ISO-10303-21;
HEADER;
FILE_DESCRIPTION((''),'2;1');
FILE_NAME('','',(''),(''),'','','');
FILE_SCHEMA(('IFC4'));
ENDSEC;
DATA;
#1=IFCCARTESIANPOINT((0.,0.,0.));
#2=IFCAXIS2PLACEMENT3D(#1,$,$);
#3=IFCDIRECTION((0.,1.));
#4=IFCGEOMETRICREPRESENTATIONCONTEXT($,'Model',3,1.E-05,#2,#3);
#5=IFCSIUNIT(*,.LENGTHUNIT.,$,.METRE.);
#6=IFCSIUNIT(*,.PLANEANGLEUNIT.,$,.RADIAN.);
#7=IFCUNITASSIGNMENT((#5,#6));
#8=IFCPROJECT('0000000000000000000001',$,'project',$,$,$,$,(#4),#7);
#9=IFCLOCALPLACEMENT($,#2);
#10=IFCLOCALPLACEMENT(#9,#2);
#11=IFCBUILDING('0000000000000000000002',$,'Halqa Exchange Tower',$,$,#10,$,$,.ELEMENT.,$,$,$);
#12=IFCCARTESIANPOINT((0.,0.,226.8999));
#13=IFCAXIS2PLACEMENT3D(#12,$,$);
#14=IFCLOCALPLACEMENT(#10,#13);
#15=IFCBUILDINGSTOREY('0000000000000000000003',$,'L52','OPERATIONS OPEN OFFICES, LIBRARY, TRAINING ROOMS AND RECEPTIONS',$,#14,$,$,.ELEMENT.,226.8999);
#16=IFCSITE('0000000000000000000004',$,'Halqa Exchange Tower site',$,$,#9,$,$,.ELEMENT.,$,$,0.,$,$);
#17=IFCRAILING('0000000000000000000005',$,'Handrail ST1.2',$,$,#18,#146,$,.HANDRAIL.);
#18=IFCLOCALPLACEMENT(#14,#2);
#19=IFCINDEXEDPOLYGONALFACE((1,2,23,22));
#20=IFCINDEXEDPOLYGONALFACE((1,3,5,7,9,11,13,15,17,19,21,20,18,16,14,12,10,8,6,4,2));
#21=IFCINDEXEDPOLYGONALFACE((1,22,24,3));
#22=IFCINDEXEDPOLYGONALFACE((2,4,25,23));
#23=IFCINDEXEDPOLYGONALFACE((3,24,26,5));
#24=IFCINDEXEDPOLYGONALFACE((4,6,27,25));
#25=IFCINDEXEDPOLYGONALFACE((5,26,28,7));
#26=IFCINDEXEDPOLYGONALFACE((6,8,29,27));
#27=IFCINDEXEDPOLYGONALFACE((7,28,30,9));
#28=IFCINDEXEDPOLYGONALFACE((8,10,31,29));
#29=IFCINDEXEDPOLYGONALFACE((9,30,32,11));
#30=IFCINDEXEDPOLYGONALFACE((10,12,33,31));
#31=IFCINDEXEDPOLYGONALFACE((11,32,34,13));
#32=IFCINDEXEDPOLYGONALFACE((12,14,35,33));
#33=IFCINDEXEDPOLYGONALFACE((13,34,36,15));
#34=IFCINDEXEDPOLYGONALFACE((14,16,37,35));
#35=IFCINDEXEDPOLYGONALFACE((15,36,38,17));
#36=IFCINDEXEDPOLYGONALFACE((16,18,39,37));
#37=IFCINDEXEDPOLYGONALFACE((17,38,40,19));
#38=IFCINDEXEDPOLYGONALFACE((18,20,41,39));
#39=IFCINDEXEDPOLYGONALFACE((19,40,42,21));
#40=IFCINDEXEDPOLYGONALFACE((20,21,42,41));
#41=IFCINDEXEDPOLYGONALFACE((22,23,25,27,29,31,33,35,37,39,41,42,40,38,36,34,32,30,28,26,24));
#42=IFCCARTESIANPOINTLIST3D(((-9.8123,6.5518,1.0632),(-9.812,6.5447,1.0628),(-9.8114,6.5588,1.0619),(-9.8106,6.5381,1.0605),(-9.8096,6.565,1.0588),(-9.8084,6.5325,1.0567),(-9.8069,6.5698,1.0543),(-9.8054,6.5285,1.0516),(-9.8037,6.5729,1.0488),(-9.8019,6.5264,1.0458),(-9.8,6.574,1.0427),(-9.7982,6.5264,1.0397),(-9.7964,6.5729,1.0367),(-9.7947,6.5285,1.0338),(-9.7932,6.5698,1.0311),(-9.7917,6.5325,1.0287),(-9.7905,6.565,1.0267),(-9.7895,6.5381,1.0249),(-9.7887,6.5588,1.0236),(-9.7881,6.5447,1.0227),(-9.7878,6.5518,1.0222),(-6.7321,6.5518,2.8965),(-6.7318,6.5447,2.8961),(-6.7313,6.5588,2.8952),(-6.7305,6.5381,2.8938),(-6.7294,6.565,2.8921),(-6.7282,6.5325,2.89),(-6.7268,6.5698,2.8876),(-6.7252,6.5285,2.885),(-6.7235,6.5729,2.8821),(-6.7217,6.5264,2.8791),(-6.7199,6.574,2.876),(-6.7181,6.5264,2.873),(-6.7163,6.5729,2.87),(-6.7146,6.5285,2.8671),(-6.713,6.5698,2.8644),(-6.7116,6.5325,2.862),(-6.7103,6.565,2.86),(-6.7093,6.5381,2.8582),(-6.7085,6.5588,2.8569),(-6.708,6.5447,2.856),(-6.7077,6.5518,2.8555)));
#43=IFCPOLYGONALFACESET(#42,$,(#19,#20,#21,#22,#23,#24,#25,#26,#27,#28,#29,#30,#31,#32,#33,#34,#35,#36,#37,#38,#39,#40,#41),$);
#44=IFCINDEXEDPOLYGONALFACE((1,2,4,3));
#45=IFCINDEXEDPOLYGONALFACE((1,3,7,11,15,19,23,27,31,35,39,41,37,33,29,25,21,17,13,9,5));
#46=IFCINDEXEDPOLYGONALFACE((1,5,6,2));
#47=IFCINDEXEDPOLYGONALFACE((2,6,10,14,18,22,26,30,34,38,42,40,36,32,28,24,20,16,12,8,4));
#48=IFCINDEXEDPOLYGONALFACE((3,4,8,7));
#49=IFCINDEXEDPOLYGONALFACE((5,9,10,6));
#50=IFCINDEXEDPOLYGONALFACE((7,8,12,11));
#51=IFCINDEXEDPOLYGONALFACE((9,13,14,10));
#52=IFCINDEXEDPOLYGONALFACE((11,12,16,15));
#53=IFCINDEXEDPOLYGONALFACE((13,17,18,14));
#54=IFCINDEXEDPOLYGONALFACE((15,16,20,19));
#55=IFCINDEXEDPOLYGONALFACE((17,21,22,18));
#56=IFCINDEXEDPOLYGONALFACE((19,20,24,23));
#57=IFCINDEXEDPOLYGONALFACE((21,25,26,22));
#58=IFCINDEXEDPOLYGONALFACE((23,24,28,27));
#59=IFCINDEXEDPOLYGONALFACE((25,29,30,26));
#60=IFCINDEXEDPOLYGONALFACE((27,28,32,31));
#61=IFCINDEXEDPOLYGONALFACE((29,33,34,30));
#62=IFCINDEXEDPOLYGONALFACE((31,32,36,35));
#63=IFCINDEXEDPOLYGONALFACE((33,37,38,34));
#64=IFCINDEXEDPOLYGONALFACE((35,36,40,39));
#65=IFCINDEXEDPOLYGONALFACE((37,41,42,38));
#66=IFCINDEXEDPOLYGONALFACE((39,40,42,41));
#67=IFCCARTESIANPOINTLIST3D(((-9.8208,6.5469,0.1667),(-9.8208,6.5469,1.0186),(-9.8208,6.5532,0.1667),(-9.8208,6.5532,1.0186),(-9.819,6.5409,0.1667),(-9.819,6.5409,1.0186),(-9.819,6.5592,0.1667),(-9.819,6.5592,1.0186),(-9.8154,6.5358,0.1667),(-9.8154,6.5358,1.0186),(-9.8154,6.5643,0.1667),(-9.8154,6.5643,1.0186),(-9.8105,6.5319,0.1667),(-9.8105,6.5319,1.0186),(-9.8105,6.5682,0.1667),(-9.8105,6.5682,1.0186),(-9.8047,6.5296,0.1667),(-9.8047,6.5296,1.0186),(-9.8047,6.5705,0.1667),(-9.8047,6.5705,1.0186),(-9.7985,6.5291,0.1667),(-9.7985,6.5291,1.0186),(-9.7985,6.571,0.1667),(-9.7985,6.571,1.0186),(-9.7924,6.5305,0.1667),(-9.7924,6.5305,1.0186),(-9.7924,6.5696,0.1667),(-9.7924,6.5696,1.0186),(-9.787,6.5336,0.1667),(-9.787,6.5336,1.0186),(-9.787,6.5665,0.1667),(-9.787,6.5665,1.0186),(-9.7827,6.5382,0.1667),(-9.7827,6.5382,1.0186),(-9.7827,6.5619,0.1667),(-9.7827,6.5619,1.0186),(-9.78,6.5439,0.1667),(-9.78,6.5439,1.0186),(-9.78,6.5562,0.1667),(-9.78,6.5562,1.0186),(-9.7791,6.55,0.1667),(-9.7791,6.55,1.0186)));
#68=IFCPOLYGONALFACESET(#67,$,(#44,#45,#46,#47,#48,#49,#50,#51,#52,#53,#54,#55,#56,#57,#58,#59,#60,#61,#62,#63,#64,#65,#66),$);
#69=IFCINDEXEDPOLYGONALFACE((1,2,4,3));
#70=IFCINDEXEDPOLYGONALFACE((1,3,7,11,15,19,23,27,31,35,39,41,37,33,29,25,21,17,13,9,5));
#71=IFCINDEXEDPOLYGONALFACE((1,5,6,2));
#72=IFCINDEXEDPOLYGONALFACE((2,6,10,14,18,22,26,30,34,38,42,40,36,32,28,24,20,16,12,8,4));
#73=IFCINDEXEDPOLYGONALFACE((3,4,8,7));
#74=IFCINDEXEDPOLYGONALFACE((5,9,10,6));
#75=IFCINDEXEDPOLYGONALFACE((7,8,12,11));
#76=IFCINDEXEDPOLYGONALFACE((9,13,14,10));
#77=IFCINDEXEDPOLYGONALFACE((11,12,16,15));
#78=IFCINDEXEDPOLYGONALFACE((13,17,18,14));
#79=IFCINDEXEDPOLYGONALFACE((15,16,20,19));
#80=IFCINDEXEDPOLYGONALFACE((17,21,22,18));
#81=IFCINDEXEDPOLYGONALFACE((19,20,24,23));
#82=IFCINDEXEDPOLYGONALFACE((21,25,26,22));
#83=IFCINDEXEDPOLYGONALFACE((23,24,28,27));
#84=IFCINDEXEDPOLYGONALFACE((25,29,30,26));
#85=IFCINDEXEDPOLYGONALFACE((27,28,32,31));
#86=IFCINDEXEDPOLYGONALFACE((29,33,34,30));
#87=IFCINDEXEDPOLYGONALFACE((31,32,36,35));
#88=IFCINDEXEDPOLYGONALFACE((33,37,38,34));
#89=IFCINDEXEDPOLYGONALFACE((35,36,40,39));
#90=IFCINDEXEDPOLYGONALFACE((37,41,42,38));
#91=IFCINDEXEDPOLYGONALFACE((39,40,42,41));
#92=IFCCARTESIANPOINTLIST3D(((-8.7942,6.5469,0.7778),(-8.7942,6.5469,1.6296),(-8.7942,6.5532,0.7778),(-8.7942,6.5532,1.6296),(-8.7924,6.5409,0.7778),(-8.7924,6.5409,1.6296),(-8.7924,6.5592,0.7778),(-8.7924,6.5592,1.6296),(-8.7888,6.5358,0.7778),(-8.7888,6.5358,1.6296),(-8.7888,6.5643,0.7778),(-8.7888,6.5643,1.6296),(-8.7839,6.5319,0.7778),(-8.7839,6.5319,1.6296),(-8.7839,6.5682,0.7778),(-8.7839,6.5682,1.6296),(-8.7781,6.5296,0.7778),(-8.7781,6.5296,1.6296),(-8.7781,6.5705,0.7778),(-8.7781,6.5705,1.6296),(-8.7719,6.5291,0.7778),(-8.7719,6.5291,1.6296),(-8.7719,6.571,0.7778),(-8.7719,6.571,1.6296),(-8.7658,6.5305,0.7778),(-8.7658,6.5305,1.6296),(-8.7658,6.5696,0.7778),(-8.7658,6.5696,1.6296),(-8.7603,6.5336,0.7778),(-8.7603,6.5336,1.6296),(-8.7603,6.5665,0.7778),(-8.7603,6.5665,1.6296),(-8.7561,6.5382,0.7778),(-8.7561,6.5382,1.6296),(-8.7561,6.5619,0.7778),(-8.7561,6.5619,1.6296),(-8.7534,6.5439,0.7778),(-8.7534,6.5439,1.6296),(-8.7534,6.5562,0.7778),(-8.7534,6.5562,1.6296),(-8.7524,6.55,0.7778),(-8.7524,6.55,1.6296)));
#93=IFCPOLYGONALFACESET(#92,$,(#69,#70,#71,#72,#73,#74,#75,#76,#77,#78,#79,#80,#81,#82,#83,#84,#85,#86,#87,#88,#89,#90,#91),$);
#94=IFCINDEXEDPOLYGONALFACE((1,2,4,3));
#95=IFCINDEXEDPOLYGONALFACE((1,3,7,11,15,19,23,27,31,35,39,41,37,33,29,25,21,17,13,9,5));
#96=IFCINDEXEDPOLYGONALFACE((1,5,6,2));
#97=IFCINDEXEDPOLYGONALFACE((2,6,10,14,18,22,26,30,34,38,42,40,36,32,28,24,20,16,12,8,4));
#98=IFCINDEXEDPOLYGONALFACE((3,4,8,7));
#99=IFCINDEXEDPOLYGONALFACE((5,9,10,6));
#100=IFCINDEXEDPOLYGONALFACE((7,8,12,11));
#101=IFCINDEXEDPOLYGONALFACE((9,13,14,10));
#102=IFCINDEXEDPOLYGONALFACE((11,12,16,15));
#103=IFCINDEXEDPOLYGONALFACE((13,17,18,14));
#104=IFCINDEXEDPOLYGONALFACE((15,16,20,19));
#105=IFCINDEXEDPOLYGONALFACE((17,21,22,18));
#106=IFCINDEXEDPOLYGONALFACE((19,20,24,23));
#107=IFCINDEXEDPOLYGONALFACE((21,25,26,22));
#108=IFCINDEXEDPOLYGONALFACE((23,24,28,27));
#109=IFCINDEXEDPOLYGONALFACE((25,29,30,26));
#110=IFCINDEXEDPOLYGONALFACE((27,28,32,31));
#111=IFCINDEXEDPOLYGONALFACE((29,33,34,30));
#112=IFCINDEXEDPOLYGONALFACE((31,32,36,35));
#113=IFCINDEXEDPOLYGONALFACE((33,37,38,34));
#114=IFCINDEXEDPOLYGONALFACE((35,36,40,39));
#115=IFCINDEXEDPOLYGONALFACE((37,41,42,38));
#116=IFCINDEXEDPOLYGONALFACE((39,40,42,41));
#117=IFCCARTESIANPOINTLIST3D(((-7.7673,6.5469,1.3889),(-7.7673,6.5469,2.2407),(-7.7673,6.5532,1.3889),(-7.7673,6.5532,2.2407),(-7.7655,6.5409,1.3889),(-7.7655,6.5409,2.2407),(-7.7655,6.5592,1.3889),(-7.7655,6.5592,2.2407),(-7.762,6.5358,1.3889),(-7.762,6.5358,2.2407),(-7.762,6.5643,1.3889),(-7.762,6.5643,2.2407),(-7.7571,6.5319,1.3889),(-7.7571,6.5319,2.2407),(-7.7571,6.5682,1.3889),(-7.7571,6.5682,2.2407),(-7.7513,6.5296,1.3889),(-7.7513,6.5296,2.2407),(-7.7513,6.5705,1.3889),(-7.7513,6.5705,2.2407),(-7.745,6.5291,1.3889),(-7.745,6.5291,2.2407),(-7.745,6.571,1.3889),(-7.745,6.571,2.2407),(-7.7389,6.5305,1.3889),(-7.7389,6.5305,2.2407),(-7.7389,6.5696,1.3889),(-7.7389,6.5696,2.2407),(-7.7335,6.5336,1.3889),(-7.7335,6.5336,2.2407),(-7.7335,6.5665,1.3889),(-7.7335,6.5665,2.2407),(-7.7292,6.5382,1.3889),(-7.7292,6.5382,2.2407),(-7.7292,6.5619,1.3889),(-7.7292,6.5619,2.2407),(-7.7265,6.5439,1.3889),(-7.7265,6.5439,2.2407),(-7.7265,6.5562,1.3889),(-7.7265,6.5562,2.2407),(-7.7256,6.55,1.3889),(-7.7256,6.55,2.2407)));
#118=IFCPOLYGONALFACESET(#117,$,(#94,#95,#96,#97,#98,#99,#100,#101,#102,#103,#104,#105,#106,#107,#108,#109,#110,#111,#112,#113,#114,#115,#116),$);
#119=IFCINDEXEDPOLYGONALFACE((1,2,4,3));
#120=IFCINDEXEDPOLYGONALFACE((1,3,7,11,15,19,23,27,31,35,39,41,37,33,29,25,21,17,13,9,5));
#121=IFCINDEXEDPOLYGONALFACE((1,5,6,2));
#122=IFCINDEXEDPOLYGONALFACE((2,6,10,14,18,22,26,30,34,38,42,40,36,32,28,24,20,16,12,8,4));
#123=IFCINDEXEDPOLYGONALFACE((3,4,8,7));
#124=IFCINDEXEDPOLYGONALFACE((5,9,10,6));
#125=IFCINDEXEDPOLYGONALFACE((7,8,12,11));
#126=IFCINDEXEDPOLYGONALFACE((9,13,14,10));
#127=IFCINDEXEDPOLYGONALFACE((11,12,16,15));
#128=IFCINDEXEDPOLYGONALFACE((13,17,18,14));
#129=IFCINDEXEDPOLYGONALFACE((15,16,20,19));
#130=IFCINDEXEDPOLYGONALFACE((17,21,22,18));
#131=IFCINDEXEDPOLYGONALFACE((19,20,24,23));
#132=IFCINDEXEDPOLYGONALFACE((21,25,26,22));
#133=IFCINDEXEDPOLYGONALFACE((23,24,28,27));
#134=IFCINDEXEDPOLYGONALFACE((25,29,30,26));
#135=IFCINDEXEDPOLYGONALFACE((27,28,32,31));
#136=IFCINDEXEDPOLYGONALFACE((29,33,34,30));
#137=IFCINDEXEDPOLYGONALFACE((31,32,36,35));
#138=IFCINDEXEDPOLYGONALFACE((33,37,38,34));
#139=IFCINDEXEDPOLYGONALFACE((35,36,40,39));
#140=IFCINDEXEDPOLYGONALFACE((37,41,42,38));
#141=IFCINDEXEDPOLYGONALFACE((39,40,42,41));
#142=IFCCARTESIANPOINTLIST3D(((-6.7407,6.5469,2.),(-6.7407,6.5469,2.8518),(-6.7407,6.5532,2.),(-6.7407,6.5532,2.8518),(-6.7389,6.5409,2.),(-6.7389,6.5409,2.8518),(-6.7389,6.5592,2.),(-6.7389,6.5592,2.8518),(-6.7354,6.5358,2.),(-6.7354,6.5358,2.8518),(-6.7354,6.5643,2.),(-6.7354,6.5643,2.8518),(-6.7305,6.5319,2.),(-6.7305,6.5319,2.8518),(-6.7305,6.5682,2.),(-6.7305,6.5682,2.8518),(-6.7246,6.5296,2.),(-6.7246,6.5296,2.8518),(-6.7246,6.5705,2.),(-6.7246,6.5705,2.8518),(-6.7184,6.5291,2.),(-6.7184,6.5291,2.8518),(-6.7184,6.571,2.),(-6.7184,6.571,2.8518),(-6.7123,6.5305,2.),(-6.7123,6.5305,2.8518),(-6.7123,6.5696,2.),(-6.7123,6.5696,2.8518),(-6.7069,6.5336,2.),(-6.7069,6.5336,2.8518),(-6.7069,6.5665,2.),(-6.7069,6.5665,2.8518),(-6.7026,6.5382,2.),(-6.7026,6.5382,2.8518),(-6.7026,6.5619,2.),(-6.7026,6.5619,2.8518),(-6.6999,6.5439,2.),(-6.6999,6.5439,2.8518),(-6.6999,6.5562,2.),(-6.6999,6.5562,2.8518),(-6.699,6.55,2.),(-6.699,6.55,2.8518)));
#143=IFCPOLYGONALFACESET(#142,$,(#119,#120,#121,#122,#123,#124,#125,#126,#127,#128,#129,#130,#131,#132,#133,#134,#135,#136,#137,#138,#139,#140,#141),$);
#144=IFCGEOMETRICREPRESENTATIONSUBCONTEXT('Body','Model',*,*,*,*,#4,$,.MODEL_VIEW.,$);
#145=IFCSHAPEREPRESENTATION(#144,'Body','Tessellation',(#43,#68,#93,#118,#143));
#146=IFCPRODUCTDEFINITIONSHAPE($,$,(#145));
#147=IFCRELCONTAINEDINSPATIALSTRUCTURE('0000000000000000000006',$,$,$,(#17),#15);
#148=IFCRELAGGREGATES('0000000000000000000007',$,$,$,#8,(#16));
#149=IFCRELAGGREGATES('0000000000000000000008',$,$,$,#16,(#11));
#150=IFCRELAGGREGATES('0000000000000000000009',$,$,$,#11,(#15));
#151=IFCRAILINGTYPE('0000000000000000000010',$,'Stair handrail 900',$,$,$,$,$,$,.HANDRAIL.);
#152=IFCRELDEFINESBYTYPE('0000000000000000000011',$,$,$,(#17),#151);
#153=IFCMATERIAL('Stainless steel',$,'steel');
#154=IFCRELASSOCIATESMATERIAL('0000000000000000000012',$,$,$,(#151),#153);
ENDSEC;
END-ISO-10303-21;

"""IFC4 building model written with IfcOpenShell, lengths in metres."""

from ifc_helpers import new_model, si_unit, direction, frame, origin, origin_2d, place, context, subcontext, project, spatial, circle, extrude, material, type_object, element, save


model = new_model("IFC4")

# Units and contexts
model_context = context("Model", 3, precision=1e-05, world=origin(), true_north=direction((0.0, 1.0)))
body_context = subcontext(model_context, "Body", "Model", "MODEL_VIEW")
ifc_project = project(units=[si_unit("LENGTHUNIT", "METRE"), si_unit("PLANEANGLEUNIT", "RADIAN")], contexts=[model_context])

# Site, building, storey
site_placement = place(None, origin())
site = spatial("IfcSite", under=ifc_project, at=site_placement, Name="Halqa Exchange Tower site", CompositionType="ELEMENT", RefElevation=0.0)
building_placement = place(site_placement, origin())
building = spatial("IfcBuilding", under=site, at=building_placement, Name="Halqa Exchange Tower", CompositionType="ELEMENT")
storey_placement = place(building_placement, frame((0.0, 0.0, 226.8999)))
storey = spatial("IfcBuildingStorey", under=building, at=storey_placement, Name="L52", Description="OPERATIONS OPEN OFFICES, LIBRARY, TRAINING ROOMS AND RECEPTIONS", CompositionType="ELEMENT", Elevation=226.8999)

# Railing
ifc_material_1 = material(Name="Stainless steel", Category="steel")
railing_type_1 = type_object("IfcRailingType", Name="Stair handrail 900", PredefinedType="HANDRAIL", material=ifc_material_1)
railing_1_placement = place(storey_placement, frame((-9.8, 6.55, 0.1667)))
element("IfcRailing", 1, at=railing_1_placement, inside=storey, type_object=railing_type_1, Name="Handrail ST1.2", PredefinedType="HANDRAIL", context=body_context, shape_type="SweptSolid", body=[
    extrude(circle(Radius=0.0239, at=origin_2d()), frame((0.0, 0.0, 0.876), z_axis=(0.859309, 0.0, 0.511458), x_axis=(0.0, 1.0, 0.0)), (0.0, 0.0, 1.0), 3.5845),
    extrude(circle(Radius=0.021, at=origin_2d()), origin(), (0.0, 0.0, 1.0), 0.8518),
    extrude(circle(Radius=0.021, at=origin_2d()), frame((1.0266, 0.0, 0.6111)), (0.0, 0.0, 1.0), 0.8518),
    extrude(circle(Radius=0.021, at=origin_2d()), frame((2.0535, 0.0, 1.2222)), (0.0, 0.0, 1.0), 0.8518),
    extrude(circle(Radius=0.021, at=origin_2d()), frame((3.0801, 0.0, 1.8333)), (0.0, 0.0, 1.0), 0.8518),
])

save(model, "model.ifc")
